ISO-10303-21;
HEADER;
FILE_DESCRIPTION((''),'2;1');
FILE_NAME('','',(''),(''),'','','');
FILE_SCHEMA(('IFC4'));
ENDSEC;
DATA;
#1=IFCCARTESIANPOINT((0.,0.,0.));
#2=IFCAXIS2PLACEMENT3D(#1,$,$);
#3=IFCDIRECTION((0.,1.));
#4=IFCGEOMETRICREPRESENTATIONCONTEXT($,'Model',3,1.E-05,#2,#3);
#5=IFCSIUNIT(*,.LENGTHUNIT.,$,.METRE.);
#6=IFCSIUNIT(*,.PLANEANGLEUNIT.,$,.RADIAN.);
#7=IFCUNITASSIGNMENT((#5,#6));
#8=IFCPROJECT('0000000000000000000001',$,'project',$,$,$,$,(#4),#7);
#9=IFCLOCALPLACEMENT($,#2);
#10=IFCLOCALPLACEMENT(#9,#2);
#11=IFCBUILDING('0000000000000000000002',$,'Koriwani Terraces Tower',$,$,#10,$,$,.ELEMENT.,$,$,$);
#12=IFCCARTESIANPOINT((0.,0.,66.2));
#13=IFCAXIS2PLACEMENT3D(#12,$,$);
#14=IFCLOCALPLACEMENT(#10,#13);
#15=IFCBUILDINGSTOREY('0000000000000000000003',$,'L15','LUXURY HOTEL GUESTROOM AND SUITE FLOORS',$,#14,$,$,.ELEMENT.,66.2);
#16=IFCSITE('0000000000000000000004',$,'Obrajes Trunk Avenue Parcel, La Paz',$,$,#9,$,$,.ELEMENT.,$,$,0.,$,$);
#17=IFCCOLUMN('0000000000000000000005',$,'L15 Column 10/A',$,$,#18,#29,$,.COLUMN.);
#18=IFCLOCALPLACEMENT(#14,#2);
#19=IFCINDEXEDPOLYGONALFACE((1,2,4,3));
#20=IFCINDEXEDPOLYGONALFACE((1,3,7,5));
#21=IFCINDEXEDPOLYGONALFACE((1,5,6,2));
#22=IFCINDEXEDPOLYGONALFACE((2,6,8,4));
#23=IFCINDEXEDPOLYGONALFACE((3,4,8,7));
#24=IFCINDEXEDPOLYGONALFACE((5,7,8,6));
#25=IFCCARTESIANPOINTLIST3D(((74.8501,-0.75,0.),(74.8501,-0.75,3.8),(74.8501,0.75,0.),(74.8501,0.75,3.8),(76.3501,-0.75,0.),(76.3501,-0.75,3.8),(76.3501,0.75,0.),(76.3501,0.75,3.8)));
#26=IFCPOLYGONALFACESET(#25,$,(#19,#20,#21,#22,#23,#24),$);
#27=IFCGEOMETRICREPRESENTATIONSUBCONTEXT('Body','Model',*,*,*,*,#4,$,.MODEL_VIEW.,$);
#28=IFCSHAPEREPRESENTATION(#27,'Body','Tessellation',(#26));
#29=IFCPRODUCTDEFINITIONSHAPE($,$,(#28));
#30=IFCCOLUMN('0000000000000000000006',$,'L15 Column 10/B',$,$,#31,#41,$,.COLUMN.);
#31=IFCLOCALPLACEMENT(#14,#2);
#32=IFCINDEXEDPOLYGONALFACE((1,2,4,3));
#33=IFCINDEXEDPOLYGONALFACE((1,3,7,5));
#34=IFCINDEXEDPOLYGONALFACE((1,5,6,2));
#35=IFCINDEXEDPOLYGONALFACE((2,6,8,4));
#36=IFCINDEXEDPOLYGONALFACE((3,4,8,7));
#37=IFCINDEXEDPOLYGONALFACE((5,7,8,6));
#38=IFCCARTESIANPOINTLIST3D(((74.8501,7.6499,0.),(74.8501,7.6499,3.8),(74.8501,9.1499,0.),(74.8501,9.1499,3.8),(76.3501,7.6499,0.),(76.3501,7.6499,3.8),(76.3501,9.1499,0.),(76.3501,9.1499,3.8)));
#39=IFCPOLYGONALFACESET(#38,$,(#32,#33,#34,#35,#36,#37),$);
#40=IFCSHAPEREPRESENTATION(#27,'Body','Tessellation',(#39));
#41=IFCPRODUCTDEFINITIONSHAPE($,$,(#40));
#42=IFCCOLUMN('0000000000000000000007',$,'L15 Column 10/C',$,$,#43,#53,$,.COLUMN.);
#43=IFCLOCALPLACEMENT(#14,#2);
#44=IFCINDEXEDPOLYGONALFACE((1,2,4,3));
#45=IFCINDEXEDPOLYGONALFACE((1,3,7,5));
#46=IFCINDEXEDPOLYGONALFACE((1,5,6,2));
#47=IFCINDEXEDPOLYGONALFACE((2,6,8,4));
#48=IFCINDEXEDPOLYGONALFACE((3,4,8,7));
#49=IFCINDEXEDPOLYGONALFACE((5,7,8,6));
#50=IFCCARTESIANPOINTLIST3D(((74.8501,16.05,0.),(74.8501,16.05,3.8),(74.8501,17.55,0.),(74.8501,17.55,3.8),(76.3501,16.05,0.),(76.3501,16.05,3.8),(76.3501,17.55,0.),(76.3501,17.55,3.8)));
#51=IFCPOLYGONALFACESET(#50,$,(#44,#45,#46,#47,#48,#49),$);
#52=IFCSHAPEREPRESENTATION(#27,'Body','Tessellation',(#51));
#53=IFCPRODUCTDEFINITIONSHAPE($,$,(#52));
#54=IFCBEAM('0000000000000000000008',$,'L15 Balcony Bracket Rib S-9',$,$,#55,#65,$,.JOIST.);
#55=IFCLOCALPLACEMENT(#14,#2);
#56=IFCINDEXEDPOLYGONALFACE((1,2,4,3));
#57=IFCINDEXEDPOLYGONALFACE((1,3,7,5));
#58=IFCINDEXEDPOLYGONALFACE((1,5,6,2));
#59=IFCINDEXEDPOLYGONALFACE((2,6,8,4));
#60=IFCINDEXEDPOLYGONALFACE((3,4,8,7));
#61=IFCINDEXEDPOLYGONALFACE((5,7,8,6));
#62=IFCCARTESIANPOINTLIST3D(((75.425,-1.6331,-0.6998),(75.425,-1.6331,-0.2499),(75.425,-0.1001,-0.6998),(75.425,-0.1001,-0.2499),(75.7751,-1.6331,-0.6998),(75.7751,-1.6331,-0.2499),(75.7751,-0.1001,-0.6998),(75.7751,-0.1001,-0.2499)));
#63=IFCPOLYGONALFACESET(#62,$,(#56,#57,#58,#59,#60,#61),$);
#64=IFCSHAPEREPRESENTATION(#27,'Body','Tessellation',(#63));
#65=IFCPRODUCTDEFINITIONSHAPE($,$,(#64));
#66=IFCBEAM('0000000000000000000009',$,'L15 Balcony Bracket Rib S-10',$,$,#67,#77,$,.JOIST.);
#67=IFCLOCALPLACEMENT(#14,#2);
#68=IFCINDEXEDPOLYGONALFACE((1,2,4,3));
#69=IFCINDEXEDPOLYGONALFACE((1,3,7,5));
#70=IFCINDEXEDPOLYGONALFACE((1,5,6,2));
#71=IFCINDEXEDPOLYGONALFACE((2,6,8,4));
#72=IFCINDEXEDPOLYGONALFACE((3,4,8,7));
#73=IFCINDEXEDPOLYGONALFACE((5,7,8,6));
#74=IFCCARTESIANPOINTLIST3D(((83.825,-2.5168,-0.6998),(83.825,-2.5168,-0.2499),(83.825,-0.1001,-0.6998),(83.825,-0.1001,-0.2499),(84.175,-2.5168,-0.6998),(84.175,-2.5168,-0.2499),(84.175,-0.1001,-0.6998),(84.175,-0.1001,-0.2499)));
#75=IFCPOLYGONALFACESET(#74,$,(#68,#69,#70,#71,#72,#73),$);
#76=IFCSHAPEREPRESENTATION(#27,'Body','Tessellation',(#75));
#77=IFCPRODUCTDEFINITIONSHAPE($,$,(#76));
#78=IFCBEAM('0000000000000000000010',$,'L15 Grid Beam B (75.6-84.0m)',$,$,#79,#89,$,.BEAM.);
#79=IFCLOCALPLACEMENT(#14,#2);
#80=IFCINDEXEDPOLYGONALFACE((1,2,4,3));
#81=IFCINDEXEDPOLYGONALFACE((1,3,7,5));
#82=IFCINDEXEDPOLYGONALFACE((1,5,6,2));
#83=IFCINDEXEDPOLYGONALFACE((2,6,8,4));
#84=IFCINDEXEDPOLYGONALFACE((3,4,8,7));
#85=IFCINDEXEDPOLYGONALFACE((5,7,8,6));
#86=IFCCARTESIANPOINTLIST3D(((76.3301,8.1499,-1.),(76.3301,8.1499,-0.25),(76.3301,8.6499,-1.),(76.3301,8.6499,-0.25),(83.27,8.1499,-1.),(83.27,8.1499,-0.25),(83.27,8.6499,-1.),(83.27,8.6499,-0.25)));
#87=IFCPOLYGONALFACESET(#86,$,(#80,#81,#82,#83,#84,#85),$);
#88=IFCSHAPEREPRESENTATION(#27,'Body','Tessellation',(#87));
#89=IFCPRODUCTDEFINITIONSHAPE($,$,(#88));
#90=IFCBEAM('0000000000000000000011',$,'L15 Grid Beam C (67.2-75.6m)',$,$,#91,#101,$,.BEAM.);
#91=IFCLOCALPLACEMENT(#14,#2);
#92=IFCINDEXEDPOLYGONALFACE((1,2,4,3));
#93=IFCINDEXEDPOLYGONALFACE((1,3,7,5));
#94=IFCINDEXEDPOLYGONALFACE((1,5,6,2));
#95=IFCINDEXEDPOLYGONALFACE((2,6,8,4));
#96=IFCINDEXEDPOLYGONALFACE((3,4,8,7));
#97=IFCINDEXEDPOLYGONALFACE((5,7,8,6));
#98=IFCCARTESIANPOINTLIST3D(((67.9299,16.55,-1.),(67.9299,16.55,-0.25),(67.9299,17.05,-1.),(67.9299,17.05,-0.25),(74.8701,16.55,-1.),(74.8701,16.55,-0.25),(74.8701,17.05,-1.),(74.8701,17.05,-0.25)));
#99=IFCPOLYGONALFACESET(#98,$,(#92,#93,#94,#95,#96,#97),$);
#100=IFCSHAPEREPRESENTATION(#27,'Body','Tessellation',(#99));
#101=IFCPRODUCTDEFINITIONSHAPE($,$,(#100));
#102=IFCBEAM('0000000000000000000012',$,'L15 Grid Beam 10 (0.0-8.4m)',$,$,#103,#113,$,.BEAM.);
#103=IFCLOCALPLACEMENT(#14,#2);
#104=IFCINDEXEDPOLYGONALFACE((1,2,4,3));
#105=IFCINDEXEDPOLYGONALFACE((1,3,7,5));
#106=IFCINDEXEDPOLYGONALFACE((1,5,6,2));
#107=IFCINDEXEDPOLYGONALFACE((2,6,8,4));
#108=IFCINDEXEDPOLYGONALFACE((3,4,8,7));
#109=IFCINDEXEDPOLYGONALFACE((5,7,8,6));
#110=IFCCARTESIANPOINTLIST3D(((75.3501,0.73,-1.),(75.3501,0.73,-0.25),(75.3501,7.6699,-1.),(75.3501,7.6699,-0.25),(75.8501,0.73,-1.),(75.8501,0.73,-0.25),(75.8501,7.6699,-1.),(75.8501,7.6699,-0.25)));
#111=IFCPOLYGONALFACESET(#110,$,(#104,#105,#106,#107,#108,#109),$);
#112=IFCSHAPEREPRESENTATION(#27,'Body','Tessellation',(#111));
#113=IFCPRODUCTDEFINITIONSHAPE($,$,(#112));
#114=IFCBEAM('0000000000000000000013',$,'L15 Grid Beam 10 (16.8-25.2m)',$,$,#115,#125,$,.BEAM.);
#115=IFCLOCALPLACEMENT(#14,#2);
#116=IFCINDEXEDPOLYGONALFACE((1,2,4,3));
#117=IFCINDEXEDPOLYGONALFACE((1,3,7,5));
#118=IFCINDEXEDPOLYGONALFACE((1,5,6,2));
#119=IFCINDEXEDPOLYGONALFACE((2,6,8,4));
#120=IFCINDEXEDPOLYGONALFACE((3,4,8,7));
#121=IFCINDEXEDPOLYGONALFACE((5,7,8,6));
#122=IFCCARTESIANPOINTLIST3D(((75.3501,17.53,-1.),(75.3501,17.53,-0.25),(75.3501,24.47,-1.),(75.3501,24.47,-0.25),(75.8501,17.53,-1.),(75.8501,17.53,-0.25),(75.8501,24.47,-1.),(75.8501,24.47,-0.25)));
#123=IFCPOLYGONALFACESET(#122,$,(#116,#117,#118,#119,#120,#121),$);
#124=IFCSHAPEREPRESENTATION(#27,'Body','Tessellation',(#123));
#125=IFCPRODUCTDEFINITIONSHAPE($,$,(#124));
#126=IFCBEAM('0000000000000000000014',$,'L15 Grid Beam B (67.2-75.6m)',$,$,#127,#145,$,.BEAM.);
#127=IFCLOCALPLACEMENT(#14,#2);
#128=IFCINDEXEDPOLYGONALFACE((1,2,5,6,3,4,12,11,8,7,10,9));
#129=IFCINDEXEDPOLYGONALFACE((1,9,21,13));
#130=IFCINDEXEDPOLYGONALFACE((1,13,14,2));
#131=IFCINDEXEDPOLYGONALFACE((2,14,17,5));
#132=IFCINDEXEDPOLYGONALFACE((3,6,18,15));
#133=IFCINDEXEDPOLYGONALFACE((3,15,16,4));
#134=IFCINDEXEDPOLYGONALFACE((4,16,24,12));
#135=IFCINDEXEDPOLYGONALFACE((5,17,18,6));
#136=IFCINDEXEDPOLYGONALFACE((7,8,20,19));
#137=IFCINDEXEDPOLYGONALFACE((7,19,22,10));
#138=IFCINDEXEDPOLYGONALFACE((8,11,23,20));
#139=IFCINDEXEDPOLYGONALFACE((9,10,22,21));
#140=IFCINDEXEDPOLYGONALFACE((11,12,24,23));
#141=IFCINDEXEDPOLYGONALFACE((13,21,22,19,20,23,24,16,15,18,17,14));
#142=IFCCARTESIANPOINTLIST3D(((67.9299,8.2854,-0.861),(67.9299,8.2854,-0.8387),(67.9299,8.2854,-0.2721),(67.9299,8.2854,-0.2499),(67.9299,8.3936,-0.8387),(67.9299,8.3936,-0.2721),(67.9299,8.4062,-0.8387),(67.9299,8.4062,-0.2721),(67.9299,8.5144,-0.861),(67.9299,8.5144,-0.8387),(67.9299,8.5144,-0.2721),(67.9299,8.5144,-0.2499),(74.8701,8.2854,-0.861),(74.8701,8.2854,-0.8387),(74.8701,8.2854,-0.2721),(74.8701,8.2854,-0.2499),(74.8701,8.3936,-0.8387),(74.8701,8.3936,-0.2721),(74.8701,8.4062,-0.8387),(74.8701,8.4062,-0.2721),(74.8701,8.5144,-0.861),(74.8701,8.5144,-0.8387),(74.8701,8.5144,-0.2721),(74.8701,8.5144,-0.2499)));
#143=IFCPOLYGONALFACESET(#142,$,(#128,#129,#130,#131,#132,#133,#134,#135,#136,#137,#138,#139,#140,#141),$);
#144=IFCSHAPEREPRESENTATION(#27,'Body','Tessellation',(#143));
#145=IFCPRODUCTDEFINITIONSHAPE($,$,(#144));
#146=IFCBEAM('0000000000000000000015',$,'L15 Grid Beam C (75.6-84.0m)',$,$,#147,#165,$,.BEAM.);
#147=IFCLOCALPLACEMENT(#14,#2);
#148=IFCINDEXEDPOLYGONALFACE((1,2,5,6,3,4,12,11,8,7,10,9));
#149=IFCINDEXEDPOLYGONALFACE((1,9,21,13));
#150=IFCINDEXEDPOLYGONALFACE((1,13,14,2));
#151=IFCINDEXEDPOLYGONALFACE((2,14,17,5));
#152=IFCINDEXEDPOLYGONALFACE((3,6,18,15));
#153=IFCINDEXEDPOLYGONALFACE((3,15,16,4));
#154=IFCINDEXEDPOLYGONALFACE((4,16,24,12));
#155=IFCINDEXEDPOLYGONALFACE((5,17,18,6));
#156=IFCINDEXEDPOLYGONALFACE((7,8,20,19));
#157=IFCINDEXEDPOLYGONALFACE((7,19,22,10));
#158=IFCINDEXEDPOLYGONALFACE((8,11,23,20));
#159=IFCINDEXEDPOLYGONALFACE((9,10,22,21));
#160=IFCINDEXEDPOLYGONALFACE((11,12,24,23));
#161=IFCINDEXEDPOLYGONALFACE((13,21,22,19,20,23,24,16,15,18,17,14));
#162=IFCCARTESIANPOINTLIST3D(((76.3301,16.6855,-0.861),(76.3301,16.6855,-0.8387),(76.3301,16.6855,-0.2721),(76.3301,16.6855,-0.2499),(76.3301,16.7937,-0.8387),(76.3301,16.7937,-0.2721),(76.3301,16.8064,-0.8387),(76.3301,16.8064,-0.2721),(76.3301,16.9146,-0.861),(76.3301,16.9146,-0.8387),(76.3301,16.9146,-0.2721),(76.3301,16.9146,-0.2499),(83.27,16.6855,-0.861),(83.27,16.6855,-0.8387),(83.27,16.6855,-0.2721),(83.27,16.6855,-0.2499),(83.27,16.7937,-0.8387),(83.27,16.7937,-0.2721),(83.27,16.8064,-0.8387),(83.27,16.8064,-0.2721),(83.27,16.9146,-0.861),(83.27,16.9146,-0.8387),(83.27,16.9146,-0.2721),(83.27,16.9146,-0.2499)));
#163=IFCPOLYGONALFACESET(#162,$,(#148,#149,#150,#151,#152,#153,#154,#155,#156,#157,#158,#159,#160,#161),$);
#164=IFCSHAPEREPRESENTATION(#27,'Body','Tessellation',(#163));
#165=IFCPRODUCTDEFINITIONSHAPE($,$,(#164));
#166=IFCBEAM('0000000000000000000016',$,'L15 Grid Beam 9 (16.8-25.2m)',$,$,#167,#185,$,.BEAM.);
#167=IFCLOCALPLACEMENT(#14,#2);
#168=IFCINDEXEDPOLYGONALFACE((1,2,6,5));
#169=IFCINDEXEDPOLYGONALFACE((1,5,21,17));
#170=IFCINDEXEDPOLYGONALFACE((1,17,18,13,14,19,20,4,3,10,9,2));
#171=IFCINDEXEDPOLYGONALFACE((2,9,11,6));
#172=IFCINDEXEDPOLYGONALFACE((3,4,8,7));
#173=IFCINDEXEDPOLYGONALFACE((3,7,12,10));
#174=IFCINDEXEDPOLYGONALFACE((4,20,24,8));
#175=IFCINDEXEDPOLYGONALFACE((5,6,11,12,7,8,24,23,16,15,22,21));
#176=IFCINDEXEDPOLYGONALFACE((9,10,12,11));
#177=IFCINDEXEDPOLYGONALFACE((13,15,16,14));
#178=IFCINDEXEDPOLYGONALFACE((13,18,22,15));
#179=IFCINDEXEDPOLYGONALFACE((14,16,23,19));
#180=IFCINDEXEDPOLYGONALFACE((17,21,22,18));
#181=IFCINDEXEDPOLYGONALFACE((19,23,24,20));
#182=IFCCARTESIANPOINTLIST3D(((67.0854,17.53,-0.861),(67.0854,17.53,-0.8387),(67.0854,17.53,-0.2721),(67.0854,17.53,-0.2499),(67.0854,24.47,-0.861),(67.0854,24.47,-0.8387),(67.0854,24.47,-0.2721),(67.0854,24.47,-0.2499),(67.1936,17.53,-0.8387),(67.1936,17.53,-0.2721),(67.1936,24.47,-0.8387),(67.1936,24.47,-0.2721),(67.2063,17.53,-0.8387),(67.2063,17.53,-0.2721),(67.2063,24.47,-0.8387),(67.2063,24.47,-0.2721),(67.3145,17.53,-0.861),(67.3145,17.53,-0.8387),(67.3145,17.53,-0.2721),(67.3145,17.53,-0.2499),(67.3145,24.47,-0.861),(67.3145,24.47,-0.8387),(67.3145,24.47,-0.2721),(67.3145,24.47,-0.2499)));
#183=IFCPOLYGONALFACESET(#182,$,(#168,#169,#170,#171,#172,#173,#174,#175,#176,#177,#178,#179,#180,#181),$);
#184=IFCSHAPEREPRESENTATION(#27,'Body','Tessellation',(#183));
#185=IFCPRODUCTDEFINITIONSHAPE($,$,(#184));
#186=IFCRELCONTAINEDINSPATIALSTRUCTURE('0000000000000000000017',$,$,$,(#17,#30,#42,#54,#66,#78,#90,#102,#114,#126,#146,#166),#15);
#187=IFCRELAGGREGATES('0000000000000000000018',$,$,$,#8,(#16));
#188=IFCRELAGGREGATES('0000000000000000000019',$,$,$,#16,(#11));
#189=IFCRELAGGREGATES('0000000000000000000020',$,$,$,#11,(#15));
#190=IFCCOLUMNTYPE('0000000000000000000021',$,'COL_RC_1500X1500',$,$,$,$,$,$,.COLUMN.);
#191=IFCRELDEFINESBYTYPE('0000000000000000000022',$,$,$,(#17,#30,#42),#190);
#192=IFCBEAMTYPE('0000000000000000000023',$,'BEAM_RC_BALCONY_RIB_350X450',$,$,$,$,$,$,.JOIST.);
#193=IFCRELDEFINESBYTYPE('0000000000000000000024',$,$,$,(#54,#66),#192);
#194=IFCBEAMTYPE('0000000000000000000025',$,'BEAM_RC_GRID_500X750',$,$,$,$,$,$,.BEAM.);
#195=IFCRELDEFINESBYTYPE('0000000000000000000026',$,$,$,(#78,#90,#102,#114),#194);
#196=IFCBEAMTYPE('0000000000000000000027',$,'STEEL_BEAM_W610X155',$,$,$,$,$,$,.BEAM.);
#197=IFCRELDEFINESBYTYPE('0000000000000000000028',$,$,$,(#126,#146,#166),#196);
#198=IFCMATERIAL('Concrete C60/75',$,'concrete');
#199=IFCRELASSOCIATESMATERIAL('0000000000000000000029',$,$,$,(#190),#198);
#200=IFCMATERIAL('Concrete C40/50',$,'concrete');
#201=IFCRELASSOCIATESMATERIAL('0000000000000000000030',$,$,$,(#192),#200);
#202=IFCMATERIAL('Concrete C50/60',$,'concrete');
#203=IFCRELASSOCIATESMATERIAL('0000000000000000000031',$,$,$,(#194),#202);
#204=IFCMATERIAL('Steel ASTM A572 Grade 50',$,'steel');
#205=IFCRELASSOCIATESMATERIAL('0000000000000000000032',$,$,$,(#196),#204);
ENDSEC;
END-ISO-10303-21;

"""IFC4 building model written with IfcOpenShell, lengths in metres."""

from ifc_helpers import new_model, si_unit, direction, frame, origin, origin_2d, place, context, subcontext, project, spatial, rectangle, i_section, extrude, material, material_profile, profile_set, type_object, element, save


model = new_model("IFC4")

# Units and contexts
model_context = context("Model", 3, precision=1e-05, world=origin(), true_north=direction((0.0, 1.0)))
body_context = subcontext(model_context, "Body", "Model", "MODEL_VIEW")
ifc_project = project(units=[si_unit("LENGTHUNIT", "METRE"), si_unit("PLANEANGLEUNIT", "RADIAN")], contexts=[model_context])

# Site, building, storey
site_placement = place(None, origin())
site = spatial("IfcSite", under=ifc_project, at=site_placement, Name="Obrajes Trunk Avenue Parcel, La Paz", CompositionType="ELEMENT", RefElevation=0.0)
building_placement = place(site_placement, origin())
building = spatial("IfcBuilding", under=site, at=building_placement, Name="Koriwani Terraces Tower", CompositionType="ELEMENT")
storey_placement = place(building_placement, frame((0.0, 0.0, 66.2)))
storey = spatial("IfcBuildingStorey", under=building, at=storey_placement, Name="L15", Description="LUXURY HOTEL GUESTROOM AND SUITE FLOORS", CompositionType="ELEMENT", Elevation=66.2)

# Columns
ifc_material_1 = material(Name="Concrete C60/75", Category="concrete")
ifc_material_profile_1 = material_profile(ifc_material_1, rectangle(XDim=1.5, YDim=1.5, at=origin_2d()), Name="Concrete C60/75", Category="LoadBearing")
ifc_profile_set_1 = profile_set([ifc_material_profile_1], Name="Concrete C60/75")
column_type = type_object("IfcColumnType", Name="COL_RC_1500X1500", PredefinedType="COLUMN", material=ifc_profile_set_1)
for number, where, z_axis, x_axis, name in (
    (1, (75.6001, 0.0, 0.0), (0.0, 0.0, 1.0), (1.0, 0.0, 0.0), "L15 Column 10/A"),
    (2, (75.6001, 8.3999, 0.0), (0.0, 0.0, 1.0), (1.0, 0.0, 0.0), "L15 Column 10/B"),
    (3, (75.6001, 16.8, 0.0), (0.0, 0.0, 1.0), (1.0, 0.0, 0.0), "L15 Column 10/C"),
):
    element("IfcColumn", number, at=place(storey_placement, frame(where, z_axis=z_axis, x_axis=x_axis)), inside=storey, type_object=column_type, Name=name, PredefinedType="COLUMN", context=body_context, shape_type="SweptSolid", body=[
        extrude(rectangle(XDim=1.5, YDim=1.5, at=origin_2d()), origin(), (0.0, 0.0, 1.0), 3.8),
    ])

# Beams
ifc_material_2 = material(Name="Concrete C40/50", Category="concrete")
ifc_material_profile_2 = material_profile(ifc_material_2, rectangle(XDim=0.3501, YDim=0.45, at=origin_2d()), Name="Concrete C40/50", Category="LoadBearing")
ifc_profile_set_2 = profile_set([ifc_material_profile_2], Name="Concrete C40/50")
beam_type_1 = type_object("IfcBeamType", Name="BEAM_RC_BALCONY_RIB_350X450", PredefinedType="JOIST", material=ifc_profile_set_2)
beam_1_placement = place(storey_placement, frame((75.6001, -1.6331, -0.4749), z_axis=(0.0, 1.0, 0.0), x_axis=(-1.0, 0.0, 0.0)))
element("IfcBeam", 4, at=beam_1_placement, inside=storey, type_object=beam_type_1, Name="L15 Balcony Bracket Rib S-9", PredefinedType="JOIST", context=body_context, shape_type="SweptSolid", body=[
    extrude(rectangle(XDim=0.3501, YDim=0.45, at=origin_2d()), origin(), (0.0, 0.0, 1.0), 1.533),
])
beam_2_placement = place(storey_placement, frame((84.0, -2.5168, -0.4749), z_axis=(0.0, 1.0, 0.0), x_axis=(-1.0, 0.0, 0.0)))
element("IfcBeam", 5, at=beam_2_placement, inside=storey, type_object=beam_type_1, Name="L15 Balcony Bracket Rib S-10", PredefinedType="JOIST", context=body_context, shape_type="SweptSolid", body=[
    extrude(rectangle(XDim=0.3501, YDim=0.45, at=origin_2d()), origin(), (0.0, 0.0, 1.0), 2.4167),
])
ifc_material_3 = material(Name="Concrete C50/60", Category="concrete")
ifc_material_profile_3 = material_profile(ifc_material_3, rectangle(XDim=0.5, YDim=0.75, at=origin_2d()), Name="Concrete C50/60", Category="LoadBearing")
ifc_profile_set_3 = profile_set([ifc_material_profile_3], Name="Concrete C50/60")
beam_type_2 = type_object("IfcBeamType", Name="BEAM_RC_GRID_500X750", PredefinedType="BEAM", material=ifc_profile_set_3)
beam_3_placement = place(storey_placement, frame((76.3301, 8.3999, -0.625), z_axis=(1.0, 0.0, 0.0), x_axis=(0.0, 1.0, 0.0)))
element("IfcBeam", 6, at=beam_3_placement, inside=storey, type_object=beam_type_2, Name="L15 Grid Beam B (75.6-84.0m)", PredefinedType="BEAM", context=body_context, shape_type="SweptSolid", body=[
    extrude(rectangle(XDim=0.5, YDim=0.75, at=origin_2d()), origin(), (0.0, 0.0, 1.0), 6.9399),
])
beam_4_placement = place(storey_placement, frame((67.9299, 16.8, -0.625), z_axis=(1.0, 0.0, 0.0), x_axis=(0.0, 1.0, 0.0)))
element("IfcBeam", 7, at=beam_4_placement, inside=storey, type_object=beam_type_2, Name="L15 Grid Beam C (67.2-75.6m)", PredefinedType="BEAM", context=body_context, shape_type="SweptSolid", body=[
    extrude(rectangle(XDim=0.5, YDim=0.75, at=origin_2d()), origin(), (0.0, 0.0, 1.0), 6.9402),
])
for number, where, z_axis, x_axis, name in (
    (8, (75.6001, 0.73, -0.625), (0.0, 1.0, 0.0), (-1.0, 0.0, 0.0), "L15 Grid Beam 10 (0.0-8.4m)"),
    (9, (75.6001, 17.53, -0.625), (0.0, 1.0, 0.0), (-1.0, 0.0, 0.0), "L15 Grid Beam 10 (16.8-25.2m)"),
):
    element("IfcBeam", number, at=place(storey_placement, frame(where, z_axis=z_axis, x_axis=x_axis)), inside=storey, type_object=beam_type_2, Name=name, PredefinedType="BEAM", context=body_context, shape_type="SweptSolid", body=[
        extrude(rectangle(XDim=0.5, YDim=0.75, at=origin_2d()), origin(), (0.0, 0.0, 1.0), 6.9399),
    ])
ifc_material_4 = material(Name="Steel ASTM A572 Grade 50", Category="steel")
ifc_material_profile_4 = material_profile(ifc_material_4, i_section(OverallWidth=0.229, OverallDepth=0.6111, WebThickness=0.0127, FlangeThickness=0.0222, at=origin_2d()), Name="Steel ASTM A572 Grade 50", Category="LoadBearing")
ifc_profile_set_4 = profile_set([ifc_material_profile_4], Name="Steel ASTM A572 Grade 50")
beam_type_3 = type_object("IfcBeamType", Name="STEEL_BEAM_W610X155", PredefinedType="BEAM", material=ifc_profile_set_4)
beam_5_placement = place(storey_placement, frame((67.9299, 8.3999, -0.5554), z_axis=(1.0, 0.0, 0.0), x_axis=(0.0, 1.0, 0.0)))
element("IfcBeam", 10, at=beam_5_placement, inside=storey, type_object=beam_type_3, Name="L15 Grid Beam B (67.2-75.6m)", PredefinedType="BEAM", context=body_context, shape_type="SweptSolid", body=[
    extrude(i_section(OverallWidth=0.229, OverallDepth=0.6111, WebThickness=0.0127, FlangeThickness=0.0222, at=origin_2d()), origin(), (0.0, 0.0, 1.0), 6.9402),
])
for number, where, z_axis, x_axis, name in (
    (11, (76.3301, 16.8, -0.5554), (1.0, 0.0, 0.0), (0.0, 1.0, 0.0), "L15 Grid Beam C (75.6-84.0m)"),
    (12, (67.2, 17.53, -0.5554), (0.0, 1.0, 0.0), (-1.0, 0.0, 0.0), "L15 Grid Beam 9 (16.8-25.2m)"),
):
    element("IfcBeam", number, at=place(storey_placement, frame(where, z_axis=z_axis, x_axis=x_axis)), inside=storey, type_object=beam_type_3, Name=name, PredefinedType="BEAM", context=body_context, shape_type="SweptSolid", body=[
        extrude(i_section(OverallWidth=0.229, OverallDepth=0.6111, WebThickness=0.0127, FlangeThickness=0.0222, at=origin_2d()), origin(), (0.0, 0.0, 1.0), 6.9399),
    ])

save(model, "model.ifc")
